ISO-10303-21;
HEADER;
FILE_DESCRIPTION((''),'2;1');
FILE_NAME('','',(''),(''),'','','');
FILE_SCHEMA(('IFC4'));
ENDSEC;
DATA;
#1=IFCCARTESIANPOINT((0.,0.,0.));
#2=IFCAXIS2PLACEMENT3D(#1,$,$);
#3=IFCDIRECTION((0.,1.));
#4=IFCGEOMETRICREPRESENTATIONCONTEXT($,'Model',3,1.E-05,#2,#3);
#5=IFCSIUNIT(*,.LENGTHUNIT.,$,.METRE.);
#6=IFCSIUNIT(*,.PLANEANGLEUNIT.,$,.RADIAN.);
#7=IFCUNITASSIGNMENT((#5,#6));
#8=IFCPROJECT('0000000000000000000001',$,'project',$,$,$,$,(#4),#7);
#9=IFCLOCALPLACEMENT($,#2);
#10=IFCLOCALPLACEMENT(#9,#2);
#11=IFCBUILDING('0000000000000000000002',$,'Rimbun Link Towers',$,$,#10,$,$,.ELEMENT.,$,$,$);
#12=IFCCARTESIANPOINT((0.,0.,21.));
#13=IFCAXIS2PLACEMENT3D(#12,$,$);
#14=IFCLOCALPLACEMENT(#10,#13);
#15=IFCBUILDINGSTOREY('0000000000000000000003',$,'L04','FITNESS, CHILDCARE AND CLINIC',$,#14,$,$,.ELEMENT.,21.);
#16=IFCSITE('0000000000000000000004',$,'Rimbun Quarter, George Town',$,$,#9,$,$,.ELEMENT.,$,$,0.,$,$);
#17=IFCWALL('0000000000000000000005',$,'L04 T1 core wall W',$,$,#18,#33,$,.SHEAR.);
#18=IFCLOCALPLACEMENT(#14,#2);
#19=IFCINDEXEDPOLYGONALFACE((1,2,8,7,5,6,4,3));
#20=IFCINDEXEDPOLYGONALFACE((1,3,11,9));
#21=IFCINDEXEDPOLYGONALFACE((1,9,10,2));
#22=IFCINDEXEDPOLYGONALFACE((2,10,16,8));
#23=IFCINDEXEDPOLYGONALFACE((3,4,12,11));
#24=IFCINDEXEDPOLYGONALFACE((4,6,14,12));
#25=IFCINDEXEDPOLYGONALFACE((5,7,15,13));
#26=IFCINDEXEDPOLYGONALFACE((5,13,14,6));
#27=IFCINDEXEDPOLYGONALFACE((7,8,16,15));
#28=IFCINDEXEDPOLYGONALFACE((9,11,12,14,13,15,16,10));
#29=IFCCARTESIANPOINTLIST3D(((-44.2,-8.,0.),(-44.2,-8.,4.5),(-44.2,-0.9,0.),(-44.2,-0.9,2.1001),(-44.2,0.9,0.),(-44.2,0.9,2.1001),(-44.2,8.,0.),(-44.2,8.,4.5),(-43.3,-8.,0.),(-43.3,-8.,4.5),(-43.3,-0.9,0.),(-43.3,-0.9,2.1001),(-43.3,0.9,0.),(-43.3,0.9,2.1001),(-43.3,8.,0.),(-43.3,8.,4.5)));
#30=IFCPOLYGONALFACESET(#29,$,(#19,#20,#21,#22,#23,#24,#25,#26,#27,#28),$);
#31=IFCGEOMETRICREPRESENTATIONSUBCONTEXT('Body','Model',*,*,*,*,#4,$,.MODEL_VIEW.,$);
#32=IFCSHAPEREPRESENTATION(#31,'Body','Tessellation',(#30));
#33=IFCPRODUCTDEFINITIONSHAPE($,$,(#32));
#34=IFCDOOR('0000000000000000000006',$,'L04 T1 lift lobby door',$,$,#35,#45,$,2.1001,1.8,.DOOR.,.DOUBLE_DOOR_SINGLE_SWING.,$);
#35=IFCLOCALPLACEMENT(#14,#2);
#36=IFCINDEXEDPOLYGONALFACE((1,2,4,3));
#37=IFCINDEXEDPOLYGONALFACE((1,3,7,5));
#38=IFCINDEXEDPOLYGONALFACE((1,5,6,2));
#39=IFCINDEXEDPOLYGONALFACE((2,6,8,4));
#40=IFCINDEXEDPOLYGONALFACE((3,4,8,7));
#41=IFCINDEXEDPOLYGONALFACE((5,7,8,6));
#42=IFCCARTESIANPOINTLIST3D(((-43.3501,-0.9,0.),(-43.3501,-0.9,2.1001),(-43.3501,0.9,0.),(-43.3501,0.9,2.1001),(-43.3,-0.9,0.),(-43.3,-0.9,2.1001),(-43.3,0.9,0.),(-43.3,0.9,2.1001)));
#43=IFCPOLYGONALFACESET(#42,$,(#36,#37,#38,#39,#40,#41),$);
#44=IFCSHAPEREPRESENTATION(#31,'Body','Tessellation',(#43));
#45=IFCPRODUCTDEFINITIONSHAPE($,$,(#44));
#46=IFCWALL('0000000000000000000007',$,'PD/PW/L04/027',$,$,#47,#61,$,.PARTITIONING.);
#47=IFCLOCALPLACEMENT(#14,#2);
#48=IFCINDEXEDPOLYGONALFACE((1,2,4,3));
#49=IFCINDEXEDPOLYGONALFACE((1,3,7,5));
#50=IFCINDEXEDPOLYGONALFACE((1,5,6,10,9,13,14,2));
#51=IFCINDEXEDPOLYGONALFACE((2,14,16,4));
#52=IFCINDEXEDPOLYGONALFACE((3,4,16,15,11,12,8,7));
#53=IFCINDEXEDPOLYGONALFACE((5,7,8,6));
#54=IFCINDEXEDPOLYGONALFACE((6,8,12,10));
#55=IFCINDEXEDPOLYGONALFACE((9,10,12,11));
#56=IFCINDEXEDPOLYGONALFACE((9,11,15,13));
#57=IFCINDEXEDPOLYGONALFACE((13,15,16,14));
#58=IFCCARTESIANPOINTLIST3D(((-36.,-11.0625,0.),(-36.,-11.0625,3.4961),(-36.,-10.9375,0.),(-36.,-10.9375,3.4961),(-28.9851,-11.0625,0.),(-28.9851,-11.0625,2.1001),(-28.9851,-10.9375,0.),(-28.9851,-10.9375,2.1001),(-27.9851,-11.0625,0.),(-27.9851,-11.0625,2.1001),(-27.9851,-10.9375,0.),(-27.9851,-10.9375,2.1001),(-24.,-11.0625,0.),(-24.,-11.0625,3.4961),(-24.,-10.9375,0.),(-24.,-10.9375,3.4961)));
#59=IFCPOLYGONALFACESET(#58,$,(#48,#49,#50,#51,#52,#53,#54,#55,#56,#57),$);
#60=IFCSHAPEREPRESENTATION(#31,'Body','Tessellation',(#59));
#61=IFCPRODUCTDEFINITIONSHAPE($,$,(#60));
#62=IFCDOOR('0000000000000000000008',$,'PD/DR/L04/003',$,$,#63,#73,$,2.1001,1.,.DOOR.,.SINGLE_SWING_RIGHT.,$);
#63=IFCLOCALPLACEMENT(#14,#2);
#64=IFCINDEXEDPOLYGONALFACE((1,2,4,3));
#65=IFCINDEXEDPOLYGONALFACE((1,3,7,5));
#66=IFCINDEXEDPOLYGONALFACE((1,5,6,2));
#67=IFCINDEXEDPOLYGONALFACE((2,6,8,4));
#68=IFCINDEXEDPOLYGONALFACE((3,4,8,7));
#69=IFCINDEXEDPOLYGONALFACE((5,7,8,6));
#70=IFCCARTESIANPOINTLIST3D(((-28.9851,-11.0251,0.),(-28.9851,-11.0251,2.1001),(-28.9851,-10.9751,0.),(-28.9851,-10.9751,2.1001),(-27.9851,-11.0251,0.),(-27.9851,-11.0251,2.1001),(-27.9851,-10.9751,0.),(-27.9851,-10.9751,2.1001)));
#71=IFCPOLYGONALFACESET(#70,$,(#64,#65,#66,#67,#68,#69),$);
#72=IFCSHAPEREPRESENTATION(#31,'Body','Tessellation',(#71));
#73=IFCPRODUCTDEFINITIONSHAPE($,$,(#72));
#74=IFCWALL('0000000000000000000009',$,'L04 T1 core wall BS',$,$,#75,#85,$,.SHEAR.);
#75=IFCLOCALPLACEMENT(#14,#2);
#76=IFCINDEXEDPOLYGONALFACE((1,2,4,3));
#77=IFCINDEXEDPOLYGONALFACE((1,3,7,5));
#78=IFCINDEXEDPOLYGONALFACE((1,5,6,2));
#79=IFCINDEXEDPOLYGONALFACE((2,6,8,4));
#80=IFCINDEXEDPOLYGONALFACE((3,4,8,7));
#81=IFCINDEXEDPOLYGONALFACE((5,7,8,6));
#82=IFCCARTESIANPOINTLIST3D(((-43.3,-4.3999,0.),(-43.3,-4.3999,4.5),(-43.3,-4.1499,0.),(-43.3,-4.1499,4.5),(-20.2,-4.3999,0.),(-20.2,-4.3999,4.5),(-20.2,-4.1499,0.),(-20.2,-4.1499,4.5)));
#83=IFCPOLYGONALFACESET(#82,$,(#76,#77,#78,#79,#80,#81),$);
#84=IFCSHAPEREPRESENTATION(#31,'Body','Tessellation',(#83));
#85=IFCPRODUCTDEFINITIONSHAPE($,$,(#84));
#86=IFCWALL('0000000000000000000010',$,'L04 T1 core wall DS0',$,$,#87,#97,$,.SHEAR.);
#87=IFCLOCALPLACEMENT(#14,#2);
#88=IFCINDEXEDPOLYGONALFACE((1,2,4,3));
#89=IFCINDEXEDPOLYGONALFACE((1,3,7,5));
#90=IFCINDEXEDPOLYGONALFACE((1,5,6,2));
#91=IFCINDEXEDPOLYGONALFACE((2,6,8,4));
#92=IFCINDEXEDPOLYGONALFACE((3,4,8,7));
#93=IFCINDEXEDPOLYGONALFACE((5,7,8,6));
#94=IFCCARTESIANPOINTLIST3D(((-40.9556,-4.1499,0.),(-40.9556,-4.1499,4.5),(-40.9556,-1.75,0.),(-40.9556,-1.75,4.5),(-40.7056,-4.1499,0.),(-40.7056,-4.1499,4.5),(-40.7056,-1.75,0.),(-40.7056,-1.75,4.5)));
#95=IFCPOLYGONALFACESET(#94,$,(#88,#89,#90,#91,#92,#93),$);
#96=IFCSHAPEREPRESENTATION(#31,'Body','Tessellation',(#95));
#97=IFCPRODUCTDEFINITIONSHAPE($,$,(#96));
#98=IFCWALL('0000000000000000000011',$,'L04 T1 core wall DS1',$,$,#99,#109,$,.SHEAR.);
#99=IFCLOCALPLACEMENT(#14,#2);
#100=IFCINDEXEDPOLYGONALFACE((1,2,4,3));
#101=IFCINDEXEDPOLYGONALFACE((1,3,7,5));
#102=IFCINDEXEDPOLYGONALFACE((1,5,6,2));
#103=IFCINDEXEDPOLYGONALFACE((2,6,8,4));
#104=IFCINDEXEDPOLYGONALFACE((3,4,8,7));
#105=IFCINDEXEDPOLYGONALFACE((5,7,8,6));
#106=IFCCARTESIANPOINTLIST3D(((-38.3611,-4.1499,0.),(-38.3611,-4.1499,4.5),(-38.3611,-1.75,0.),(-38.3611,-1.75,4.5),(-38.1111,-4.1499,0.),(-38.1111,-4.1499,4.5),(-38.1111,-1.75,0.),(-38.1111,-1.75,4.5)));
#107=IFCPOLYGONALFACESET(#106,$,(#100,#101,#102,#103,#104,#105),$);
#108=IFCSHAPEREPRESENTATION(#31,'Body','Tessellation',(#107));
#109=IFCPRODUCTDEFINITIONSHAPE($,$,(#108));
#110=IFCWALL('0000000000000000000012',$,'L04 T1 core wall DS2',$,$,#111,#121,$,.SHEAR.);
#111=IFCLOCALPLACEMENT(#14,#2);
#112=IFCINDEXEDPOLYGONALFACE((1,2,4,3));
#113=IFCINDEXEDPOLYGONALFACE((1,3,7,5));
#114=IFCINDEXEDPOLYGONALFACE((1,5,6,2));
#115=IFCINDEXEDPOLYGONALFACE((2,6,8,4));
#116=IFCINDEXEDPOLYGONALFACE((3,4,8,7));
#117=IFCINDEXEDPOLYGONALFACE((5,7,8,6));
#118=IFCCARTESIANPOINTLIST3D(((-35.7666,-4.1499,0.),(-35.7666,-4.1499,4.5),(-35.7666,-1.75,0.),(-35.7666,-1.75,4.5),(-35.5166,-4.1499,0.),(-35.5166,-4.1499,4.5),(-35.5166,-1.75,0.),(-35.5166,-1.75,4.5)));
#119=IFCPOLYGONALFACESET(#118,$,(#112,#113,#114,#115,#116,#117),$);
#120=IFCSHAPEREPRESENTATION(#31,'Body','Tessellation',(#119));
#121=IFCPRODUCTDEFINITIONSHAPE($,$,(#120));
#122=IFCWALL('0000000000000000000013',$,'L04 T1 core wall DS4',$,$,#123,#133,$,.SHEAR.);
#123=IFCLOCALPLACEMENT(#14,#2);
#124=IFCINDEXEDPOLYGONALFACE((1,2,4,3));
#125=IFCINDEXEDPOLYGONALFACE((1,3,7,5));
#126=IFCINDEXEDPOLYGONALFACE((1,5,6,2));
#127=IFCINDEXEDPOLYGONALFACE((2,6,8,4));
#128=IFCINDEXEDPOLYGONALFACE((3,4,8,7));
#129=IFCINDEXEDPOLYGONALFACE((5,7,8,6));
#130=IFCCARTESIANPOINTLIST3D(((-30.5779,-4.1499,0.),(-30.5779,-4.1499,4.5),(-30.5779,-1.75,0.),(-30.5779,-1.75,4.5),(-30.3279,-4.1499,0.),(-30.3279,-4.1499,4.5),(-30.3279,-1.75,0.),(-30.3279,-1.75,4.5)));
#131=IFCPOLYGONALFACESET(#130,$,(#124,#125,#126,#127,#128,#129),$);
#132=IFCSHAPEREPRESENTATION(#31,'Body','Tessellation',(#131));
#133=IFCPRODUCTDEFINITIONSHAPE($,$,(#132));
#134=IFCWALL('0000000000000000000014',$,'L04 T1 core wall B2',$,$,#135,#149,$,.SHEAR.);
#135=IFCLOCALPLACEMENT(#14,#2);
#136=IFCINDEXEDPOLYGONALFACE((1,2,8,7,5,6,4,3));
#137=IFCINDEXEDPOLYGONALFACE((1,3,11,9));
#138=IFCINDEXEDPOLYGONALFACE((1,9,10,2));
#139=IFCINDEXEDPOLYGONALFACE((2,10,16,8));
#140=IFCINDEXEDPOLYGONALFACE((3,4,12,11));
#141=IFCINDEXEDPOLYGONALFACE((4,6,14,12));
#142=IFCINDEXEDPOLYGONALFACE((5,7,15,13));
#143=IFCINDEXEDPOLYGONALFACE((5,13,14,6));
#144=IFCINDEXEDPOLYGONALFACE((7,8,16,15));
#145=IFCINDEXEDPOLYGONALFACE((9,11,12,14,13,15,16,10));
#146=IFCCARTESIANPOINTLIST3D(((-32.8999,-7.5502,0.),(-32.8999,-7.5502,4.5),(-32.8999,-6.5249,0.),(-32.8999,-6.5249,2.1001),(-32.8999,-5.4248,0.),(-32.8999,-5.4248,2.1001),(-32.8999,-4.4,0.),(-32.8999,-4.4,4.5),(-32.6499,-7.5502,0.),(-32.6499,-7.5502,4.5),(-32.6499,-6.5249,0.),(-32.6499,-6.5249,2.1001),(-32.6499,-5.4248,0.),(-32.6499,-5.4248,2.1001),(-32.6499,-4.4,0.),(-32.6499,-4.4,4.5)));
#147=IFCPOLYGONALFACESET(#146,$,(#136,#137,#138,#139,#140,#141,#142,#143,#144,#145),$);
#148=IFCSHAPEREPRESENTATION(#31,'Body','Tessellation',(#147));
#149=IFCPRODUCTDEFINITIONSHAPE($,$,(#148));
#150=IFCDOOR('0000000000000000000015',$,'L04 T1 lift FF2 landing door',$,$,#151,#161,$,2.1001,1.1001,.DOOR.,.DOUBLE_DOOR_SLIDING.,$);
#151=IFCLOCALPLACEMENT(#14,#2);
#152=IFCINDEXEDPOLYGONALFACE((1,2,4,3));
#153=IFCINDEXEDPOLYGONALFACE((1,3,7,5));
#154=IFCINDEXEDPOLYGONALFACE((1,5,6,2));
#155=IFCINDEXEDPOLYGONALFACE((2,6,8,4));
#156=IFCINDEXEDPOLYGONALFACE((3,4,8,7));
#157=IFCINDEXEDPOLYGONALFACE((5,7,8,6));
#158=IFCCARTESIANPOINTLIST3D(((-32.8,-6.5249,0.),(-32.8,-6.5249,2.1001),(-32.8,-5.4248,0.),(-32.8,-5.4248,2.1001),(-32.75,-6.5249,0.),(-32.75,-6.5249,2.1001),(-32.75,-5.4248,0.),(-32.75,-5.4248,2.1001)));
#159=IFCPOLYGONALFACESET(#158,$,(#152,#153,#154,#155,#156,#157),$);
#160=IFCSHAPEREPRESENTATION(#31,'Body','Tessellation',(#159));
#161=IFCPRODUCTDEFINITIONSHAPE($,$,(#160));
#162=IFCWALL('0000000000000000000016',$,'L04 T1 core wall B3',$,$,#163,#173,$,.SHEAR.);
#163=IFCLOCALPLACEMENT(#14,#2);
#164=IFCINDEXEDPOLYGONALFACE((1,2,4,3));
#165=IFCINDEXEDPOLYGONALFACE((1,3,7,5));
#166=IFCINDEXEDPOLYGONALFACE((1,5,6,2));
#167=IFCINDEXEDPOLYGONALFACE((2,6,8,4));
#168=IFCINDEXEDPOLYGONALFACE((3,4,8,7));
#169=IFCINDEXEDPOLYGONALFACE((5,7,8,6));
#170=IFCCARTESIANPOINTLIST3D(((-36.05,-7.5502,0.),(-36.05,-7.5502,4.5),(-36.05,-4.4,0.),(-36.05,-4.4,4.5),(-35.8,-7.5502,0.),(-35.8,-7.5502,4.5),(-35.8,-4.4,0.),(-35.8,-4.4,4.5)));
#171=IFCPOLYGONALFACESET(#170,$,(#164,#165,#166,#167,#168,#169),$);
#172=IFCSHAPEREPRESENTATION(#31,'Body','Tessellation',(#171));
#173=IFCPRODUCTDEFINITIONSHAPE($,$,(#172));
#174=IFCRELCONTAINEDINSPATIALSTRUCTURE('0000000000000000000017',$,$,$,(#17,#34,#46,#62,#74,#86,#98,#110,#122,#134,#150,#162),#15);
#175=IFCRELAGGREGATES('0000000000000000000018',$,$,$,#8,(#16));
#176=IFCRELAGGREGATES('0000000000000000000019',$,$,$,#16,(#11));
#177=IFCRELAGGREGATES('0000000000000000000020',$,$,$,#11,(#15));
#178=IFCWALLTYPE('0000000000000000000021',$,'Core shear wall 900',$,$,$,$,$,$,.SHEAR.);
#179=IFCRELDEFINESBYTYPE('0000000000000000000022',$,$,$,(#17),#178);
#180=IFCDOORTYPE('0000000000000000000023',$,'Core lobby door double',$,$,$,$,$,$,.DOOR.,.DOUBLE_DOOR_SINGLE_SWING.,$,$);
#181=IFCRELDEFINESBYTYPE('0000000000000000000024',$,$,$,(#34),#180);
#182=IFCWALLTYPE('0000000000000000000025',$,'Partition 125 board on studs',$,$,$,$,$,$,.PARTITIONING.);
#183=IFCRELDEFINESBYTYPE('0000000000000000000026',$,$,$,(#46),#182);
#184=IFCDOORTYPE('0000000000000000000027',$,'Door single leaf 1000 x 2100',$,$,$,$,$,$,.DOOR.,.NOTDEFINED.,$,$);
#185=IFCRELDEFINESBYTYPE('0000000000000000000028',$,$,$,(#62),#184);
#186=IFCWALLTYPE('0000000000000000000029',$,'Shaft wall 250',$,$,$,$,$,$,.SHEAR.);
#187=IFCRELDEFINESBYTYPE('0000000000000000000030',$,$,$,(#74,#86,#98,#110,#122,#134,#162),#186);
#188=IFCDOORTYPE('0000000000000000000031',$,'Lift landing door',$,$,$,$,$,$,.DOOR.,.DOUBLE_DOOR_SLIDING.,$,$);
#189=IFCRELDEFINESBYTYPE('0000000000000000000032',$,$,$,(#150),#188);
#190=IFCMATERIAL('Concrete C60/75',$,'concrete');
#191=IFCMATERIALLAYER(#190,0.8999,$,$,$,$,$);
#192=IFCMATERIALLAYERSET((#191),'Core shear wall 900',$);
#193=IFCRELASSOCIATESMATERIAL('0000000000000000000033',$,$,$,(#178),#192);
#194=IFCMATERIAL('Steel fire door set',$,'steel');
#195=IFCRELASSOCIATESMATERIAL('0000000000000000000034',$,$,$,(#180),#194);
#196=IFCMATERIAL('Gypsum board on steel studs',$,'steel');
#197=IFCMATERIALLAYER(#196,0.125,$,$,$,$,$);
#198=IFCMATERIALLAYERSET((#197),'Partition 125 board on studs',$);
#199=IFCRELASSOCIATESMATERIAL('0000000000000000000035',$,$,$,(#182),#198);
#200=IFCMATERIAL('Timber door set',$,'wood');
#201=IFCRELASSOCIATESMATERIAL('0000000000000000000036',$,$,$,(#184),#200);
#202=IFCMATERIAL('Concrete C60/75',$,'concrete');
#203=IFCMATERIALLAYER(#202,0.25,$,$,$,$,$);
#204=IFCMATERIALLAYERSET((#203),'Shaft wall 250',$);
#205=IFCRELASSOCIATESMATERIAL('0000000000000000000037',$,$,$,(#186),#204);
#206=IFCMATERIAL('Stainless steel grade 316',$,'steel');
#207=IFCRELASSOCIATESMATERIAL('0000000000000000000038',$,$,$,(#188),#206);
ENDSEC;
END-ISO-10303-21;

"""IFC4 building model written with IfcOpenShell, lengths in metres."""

from ifc_helpers import new_model, si_unit, direction, frame, frame_2d, origin, place, context, subcontext, project, spatial, rectangle, extrude, material, layer, layer_set, type_object, element, fill, save


model = new_model("IFC4")

# Units and contexts
model_context = context("Model", 3, precision=1e-05, world=origin(), true_north=direction((0.0, 1.0)))
body_context = subcontext(model_context, "Body", "Model", "MODEL_VIEW")
ifc_project = project(units=[si_unit("LENGTHUNIT", "METRE"), si_unit("PLANEANGLEUNIT", "RADIAN")], contexts=[model_context])

# Site, building, storey
site_placement = place(None, origin())
site = spatial("IfcSite", under=ifc_project, at=site_placement, Name="Rimbun Quarter, George Town", CompositionType="ELEMENT", RefElevation=0.0)
building_placement = place(site_placement, origin())
building = spatial("IfcBuilding", under=site, at=building_placement, Name="Rimbun Link Towers", CompositionType="ELEMENT")
storey_placement = place(building_placement, frame((0.0, 0.0, 21.0)))
storey = spatial("IfcBuildingStorey", under=building, at=storey_placement, Name="L04", Description="FITNESS, CHILDCARE AND CLINIC", CompositionType="ELEMENT", Elevation=21.0)

# Shared definitions
ifc_material_1 = material(Name="Concrete C60/75", Category="concrete")
ifc_layer_1 = layer(ifc_material_1, 0.8999)
ifc_layer_set_1 = layer_set([ifc_layer_1], Name="Core shear wall 900")
wall_type_1 = type_object("IfcWallType", Name="Core shear wall 900", PredefinedType="SHEAR", material=ifc_layer_set_1)

# Walls, openings, doors
wall_1_placement = place(storey_placement, frame((-43.75, -8.0, 0.0), z_axis=(0.0, 0.0, 1.0), x_axis=(0.0, 1.0, 0.0)))
wall_1 = element("IfcWall", 1, at=wall_1_placement, inside=storey, type_object=wall_type_1, Name="L04 T1 core wall W", PredefinedType="SHEAR", context=body_context, shape_type="SweptSolid", body=[
    extrude(rectangle(XDim=16.0, YDim=0.8999, at=frame_2d((8.0, 0.0))), origin(), (0.0, 0.0, 1.0), 4.5),
])
opening_1_placement = place(wall_1_placement, frame((7.1001, 0.0, 0.0)))
opening_1 = element("IfcOpeningElement", 2, at=opening_1_placement, cuts=wall_1, PredefinedType="OPENING", context=body_context, shape_type="SweptSolid", body=[
    extrude(rectangle(XDim=1.8, YDim=2.1001, at=frame_2d((0.8999, 1.05))), frame((0.0, 0.46, 0.0), z_axis=(0.0, -1.0, 0.0), x_axis=(1.0, 0.0, 0.0)), (0.0, 0.0, 1.0), 0.9199),
])
ifc_material_2 = material(Name="Steel fire door set", Category="steel")
door_type_1 = type_object("IfcDoorType", Name="Core lobby door double", OperationType="DOUBLE_DOOR_SINGLE_SWING", PredefinedType="DOOR", material=ifc_material_2)
door_1_placement = place(opening_1_placement, origin())
door_1 = element("IfcDoor", 3, at=door_1_placement, inside=storey, type_object=door_type_1, Name="L04 T1 lift lobby door", OperationType="DOUBLE_DOOR_SINGLE_SWING", OverallHeight=2.1001, OverallWidth=1.8, PredefinedType="DOOR", context=body_context, shape_type="SweptSolid", body=[
    extrude(rectangle(XDim=1.8, YDim=2.1001, at=frame_2d((0.8999, 1.05))), frame((0.0, -0.3999, 0.0), z_axis=(0.0, -1.0, 0.0), x_axis=(1.0, 0.0, 0.0)), (0.0, 0.0, 1.0), 0.05),
])
fill(opening_1, door_1)
ifc_material_3 = material(Name="Gypsum board on steel studs", Category="steel")
ifc_layer_2 = layer(ifc_material_3, 0.125)
ifc_layer_set_2 = layer_set([ifc_layer_2], Name="Partition 125 board on studs")
wall_type_2 = type_object("IfcWallType", Name="Partition 125 board on studs", PredefinedType="PARTITIONING", material=ifc_layer_set_2)
wall_2_placement = place(storey_placement, frame((-36.0, -11.0, 0.0), z_axis=(0.0, 0.0, 1.0), x_axis=(1.0, 0.0, 0.0)))
wall_2 = element("IfcWall", 4, at=wall_2_placement, inside=storey, type_object=wall_type_2, Name="PD/PW/L04/027", PredefinedType="PARTITIONING", context=body_context, shape_type="SweptSolid", body=[
    extrude(rectangle(XDim=12.0, YDim=0.125, at=frame_2d((6.0, 0.0))), origin(), (0.0, 0.0, 1.0), 3.4961),
])
opening_2_placement = place(wall_2_placement, frame((7.0149, 0.0, 0.0)))
opening_2 = element("IfcOpeningElement", 5, at=opening_2_placement, cuts=wall_2, PredefinedType="OPENING", context=body_context, shape_type="SweptSolid", body=[
    extrude(rectangle(XDim=1.0, YDim=2.1001, at=frame_2d((0.5, 1.05))), frame((0.0, 0.0725, 0.0), z_axis=(0.0, -1.0, 0.0), x_axis=(1.0, 0.0, 0.0)), (0.0, 0.0, 1.0), 0.145),
])
ifc_material_4 = material(Name="Timber door set", Category="wood")
door_type_2 = type_object("IfcDoorType", Name="Door single leaf 1000 x 2100", OperationType="NOTDEFINED", PredefinedType="DOOR", material=ifc_material_4)
door_2_placement = place(opening_2_placement, origin())
door_2 = element("IfcDoor", 6, at=door_2_placement, inside=storey, type_object=door_type_2, Name="PD/DR/L04/003", OperationType="SINGLE_SWING_RIGHT", OverallHeight=2.1001, OverallWidth=1.0, PredefinedType="DOOR", context=body_context, shape_type="SweptSolid", body=[
    extrude(rectangle(XDim=1.0, YDim=2.1001, at=frame_2d((0.5, 1.05))), frame((0.0, 0.0249, 0.0), z_axis=(0.0, -1.0, 0.0), x_axis=(1.0, 0.0, 0.0)), (0.0, 0.0, 1.0), 0.05),
])
fill(opening_2, door_2)

# Walls
ifc_material_5 = material(Name="Concrete C60/75", Category="concrete")
ifc_layer_3 = layer(ifc_material_5, 0.25)
ifc_layer_set_3 = layer_set([ifc_layer_3], Name="Shaft wall 250")
wall_type_3 = type_object("IfcWallType", Name="Shaft wall 250", PredefinedType="SHEAR", material=ifc_layer_set_3)
wall_3_placement = place(storey_placement, frame((-43.3, -4.2749, 0.0), z_axis=(0.0, 0.0, 1.0), x_axis=(1.0, 0.0, 0.0)))
element("IfcWall", 7, at=wall_3_placement, inside=storey, type_object=wall_type_3, Name="L04 T1 core wall BS", PredefinedType="SHEAR", context=body_context, shape_type="SweptSolid", body=[
    extrude(rectangle(XDim=23.1001, YDim=0.25, at=frame_2d((11.55, 0.0))), origin(), (0.0, 0.0, 1.0), 4.5),
])
for number, where, z_axis, x_axis, name in (
    (8, (-40.8306, -4.1499, 0.0), (0.0, 0.0, 1.0), (0.0, 1.0, 0.0), "L04 T1 core wall DS0"),
    (9, (-38.2361, -4.1499, 0.0), (0.0, 0.0, 1.0), (0.0, 1.0, 0.0), "L04 T1 core wall DS1"),
    (10, (-35.6416, -4.1499, 0.0), (0.0, 0.0, 1.0), (0.0, 1.0, 0.0), "L04 T1 core wall DS2"),
    (11, (-30.4529, -4.1499, 0.0), (0.0, 0.0, 1.0), (0.0, 1.0, 0.0), "L04 T1 core wall DS4"),
):
    element("IfcWall", number, at=place(storey_placement, frame(where, z_axis=z_axis, x_axis=x_axis)), inside=storey, type_object=wall_type_3, Name=name, PredefinedType="SHEAR", context=body_context, shape_type="SweptSolid", body=[
        extrude(rectangle(XDim=2.3999, YDim=0.25, at=frame_2d((1.2, 0.0))), origin(), (0.0, 0.0, 1.0), 4.5),
    ])

# Wall, opening, door
wall_4_placement = place(storey_placement, frame((-32.7749, -4.3999, 0.0), z_axis=(0.0, 0.0, 1.0), x_axis=(0.0, -1.0, 0.0)))
wall_4 = element("IfcWall", 12, at=wall_4_placement, inside=storey, type_object=wall_type_3, Name="L04 T1 core wall B2", PredefinedType="SHEAR", context=body_context, shape_type="SweptSolid", body=[
    extrude(rectangle(XDim=3.1501, YDim=0.25, at=frame_2d((1.5752, 0.0))), origin(), (0.0, 0.0, 1.0), 4.5),
])
opening_3_placement = place(wall_4_placement, frame((1.0249, 0.0, 0.0)))
opening_3 = element("IfcOpeningElement", 13, at=opening_3_placement, cuts=wall_4, PredefinedType="OPENING", context=body_context, shape_type="SweptSolid", body=[
    extrude(rectangle(XDim=1.1001, YDim=2.1001, at=frame_2d((0.55, 1.05))), frame((0.0, 0.135, 0.0), z_axis=(0.0, -1.0, 0.0), x_axis=(1.0, 0.0, 0.0)), (0.0, 0.0, 1.0), 0.27),
])
ifc_material_6 = material(Name="Stainless steel grade 316", Category="steel")
door_type_3 = type_object("IfcDoorType", Name="Lift landing door", OperationType="DOUBLE_DOOR_SLIDING", PredefinedType="DOOR", material=ifc_material_6)
door_3_placement = place(opening_3_placement, origin())
door_3 = element("IfcDoor", 14, at=door_3_placement, inside=storey, type_object=door_type_3, Name="L04 T1 lift FF2 landing door", OperationType="DOUBLE_DOOR_SLIDING", OverallHeight=2.1001, OverallWidth=1.1001, PredefinedType="DOOR", context=body_context, shape_type="SweptSolid", body=[
    extrude(rectangle(XDim=1.1001, YDim=2.1001, at=frame_2d((0.55, 1.05))), frame((0.0, 0.0249, 0.0), z_axis=(0.0, -1.0, 0.0), x_axis=(1.0, 0.0, 0.0)), (0.0, 0.0, 1.0), 0.05),
])
fill(opening_3, door_3)

# Wall
wall_5_placement = place(storey_placement, frame((-35.925, -4.3999, 0.0), z_axis=(0.0, 0.0, 1.0), x_axis=(0.0, -1.0, 0.0)))
element("IfcWall", 15, at=wall_5_placement, inside=storey, type_object=wall_type_3, Name="L04 T1 core wall B3", PredefinedType="SHEAR", context=body_context, shape_type="SweptSolid", body=[
    extrude(rectangle(XDim=3.1501, YDim=0.25, at=frame_2d((1.5752, 0.0))), origin(), (0.0, 0.0, 1.0), 4.5),
])

save(model, "model.ifc")
